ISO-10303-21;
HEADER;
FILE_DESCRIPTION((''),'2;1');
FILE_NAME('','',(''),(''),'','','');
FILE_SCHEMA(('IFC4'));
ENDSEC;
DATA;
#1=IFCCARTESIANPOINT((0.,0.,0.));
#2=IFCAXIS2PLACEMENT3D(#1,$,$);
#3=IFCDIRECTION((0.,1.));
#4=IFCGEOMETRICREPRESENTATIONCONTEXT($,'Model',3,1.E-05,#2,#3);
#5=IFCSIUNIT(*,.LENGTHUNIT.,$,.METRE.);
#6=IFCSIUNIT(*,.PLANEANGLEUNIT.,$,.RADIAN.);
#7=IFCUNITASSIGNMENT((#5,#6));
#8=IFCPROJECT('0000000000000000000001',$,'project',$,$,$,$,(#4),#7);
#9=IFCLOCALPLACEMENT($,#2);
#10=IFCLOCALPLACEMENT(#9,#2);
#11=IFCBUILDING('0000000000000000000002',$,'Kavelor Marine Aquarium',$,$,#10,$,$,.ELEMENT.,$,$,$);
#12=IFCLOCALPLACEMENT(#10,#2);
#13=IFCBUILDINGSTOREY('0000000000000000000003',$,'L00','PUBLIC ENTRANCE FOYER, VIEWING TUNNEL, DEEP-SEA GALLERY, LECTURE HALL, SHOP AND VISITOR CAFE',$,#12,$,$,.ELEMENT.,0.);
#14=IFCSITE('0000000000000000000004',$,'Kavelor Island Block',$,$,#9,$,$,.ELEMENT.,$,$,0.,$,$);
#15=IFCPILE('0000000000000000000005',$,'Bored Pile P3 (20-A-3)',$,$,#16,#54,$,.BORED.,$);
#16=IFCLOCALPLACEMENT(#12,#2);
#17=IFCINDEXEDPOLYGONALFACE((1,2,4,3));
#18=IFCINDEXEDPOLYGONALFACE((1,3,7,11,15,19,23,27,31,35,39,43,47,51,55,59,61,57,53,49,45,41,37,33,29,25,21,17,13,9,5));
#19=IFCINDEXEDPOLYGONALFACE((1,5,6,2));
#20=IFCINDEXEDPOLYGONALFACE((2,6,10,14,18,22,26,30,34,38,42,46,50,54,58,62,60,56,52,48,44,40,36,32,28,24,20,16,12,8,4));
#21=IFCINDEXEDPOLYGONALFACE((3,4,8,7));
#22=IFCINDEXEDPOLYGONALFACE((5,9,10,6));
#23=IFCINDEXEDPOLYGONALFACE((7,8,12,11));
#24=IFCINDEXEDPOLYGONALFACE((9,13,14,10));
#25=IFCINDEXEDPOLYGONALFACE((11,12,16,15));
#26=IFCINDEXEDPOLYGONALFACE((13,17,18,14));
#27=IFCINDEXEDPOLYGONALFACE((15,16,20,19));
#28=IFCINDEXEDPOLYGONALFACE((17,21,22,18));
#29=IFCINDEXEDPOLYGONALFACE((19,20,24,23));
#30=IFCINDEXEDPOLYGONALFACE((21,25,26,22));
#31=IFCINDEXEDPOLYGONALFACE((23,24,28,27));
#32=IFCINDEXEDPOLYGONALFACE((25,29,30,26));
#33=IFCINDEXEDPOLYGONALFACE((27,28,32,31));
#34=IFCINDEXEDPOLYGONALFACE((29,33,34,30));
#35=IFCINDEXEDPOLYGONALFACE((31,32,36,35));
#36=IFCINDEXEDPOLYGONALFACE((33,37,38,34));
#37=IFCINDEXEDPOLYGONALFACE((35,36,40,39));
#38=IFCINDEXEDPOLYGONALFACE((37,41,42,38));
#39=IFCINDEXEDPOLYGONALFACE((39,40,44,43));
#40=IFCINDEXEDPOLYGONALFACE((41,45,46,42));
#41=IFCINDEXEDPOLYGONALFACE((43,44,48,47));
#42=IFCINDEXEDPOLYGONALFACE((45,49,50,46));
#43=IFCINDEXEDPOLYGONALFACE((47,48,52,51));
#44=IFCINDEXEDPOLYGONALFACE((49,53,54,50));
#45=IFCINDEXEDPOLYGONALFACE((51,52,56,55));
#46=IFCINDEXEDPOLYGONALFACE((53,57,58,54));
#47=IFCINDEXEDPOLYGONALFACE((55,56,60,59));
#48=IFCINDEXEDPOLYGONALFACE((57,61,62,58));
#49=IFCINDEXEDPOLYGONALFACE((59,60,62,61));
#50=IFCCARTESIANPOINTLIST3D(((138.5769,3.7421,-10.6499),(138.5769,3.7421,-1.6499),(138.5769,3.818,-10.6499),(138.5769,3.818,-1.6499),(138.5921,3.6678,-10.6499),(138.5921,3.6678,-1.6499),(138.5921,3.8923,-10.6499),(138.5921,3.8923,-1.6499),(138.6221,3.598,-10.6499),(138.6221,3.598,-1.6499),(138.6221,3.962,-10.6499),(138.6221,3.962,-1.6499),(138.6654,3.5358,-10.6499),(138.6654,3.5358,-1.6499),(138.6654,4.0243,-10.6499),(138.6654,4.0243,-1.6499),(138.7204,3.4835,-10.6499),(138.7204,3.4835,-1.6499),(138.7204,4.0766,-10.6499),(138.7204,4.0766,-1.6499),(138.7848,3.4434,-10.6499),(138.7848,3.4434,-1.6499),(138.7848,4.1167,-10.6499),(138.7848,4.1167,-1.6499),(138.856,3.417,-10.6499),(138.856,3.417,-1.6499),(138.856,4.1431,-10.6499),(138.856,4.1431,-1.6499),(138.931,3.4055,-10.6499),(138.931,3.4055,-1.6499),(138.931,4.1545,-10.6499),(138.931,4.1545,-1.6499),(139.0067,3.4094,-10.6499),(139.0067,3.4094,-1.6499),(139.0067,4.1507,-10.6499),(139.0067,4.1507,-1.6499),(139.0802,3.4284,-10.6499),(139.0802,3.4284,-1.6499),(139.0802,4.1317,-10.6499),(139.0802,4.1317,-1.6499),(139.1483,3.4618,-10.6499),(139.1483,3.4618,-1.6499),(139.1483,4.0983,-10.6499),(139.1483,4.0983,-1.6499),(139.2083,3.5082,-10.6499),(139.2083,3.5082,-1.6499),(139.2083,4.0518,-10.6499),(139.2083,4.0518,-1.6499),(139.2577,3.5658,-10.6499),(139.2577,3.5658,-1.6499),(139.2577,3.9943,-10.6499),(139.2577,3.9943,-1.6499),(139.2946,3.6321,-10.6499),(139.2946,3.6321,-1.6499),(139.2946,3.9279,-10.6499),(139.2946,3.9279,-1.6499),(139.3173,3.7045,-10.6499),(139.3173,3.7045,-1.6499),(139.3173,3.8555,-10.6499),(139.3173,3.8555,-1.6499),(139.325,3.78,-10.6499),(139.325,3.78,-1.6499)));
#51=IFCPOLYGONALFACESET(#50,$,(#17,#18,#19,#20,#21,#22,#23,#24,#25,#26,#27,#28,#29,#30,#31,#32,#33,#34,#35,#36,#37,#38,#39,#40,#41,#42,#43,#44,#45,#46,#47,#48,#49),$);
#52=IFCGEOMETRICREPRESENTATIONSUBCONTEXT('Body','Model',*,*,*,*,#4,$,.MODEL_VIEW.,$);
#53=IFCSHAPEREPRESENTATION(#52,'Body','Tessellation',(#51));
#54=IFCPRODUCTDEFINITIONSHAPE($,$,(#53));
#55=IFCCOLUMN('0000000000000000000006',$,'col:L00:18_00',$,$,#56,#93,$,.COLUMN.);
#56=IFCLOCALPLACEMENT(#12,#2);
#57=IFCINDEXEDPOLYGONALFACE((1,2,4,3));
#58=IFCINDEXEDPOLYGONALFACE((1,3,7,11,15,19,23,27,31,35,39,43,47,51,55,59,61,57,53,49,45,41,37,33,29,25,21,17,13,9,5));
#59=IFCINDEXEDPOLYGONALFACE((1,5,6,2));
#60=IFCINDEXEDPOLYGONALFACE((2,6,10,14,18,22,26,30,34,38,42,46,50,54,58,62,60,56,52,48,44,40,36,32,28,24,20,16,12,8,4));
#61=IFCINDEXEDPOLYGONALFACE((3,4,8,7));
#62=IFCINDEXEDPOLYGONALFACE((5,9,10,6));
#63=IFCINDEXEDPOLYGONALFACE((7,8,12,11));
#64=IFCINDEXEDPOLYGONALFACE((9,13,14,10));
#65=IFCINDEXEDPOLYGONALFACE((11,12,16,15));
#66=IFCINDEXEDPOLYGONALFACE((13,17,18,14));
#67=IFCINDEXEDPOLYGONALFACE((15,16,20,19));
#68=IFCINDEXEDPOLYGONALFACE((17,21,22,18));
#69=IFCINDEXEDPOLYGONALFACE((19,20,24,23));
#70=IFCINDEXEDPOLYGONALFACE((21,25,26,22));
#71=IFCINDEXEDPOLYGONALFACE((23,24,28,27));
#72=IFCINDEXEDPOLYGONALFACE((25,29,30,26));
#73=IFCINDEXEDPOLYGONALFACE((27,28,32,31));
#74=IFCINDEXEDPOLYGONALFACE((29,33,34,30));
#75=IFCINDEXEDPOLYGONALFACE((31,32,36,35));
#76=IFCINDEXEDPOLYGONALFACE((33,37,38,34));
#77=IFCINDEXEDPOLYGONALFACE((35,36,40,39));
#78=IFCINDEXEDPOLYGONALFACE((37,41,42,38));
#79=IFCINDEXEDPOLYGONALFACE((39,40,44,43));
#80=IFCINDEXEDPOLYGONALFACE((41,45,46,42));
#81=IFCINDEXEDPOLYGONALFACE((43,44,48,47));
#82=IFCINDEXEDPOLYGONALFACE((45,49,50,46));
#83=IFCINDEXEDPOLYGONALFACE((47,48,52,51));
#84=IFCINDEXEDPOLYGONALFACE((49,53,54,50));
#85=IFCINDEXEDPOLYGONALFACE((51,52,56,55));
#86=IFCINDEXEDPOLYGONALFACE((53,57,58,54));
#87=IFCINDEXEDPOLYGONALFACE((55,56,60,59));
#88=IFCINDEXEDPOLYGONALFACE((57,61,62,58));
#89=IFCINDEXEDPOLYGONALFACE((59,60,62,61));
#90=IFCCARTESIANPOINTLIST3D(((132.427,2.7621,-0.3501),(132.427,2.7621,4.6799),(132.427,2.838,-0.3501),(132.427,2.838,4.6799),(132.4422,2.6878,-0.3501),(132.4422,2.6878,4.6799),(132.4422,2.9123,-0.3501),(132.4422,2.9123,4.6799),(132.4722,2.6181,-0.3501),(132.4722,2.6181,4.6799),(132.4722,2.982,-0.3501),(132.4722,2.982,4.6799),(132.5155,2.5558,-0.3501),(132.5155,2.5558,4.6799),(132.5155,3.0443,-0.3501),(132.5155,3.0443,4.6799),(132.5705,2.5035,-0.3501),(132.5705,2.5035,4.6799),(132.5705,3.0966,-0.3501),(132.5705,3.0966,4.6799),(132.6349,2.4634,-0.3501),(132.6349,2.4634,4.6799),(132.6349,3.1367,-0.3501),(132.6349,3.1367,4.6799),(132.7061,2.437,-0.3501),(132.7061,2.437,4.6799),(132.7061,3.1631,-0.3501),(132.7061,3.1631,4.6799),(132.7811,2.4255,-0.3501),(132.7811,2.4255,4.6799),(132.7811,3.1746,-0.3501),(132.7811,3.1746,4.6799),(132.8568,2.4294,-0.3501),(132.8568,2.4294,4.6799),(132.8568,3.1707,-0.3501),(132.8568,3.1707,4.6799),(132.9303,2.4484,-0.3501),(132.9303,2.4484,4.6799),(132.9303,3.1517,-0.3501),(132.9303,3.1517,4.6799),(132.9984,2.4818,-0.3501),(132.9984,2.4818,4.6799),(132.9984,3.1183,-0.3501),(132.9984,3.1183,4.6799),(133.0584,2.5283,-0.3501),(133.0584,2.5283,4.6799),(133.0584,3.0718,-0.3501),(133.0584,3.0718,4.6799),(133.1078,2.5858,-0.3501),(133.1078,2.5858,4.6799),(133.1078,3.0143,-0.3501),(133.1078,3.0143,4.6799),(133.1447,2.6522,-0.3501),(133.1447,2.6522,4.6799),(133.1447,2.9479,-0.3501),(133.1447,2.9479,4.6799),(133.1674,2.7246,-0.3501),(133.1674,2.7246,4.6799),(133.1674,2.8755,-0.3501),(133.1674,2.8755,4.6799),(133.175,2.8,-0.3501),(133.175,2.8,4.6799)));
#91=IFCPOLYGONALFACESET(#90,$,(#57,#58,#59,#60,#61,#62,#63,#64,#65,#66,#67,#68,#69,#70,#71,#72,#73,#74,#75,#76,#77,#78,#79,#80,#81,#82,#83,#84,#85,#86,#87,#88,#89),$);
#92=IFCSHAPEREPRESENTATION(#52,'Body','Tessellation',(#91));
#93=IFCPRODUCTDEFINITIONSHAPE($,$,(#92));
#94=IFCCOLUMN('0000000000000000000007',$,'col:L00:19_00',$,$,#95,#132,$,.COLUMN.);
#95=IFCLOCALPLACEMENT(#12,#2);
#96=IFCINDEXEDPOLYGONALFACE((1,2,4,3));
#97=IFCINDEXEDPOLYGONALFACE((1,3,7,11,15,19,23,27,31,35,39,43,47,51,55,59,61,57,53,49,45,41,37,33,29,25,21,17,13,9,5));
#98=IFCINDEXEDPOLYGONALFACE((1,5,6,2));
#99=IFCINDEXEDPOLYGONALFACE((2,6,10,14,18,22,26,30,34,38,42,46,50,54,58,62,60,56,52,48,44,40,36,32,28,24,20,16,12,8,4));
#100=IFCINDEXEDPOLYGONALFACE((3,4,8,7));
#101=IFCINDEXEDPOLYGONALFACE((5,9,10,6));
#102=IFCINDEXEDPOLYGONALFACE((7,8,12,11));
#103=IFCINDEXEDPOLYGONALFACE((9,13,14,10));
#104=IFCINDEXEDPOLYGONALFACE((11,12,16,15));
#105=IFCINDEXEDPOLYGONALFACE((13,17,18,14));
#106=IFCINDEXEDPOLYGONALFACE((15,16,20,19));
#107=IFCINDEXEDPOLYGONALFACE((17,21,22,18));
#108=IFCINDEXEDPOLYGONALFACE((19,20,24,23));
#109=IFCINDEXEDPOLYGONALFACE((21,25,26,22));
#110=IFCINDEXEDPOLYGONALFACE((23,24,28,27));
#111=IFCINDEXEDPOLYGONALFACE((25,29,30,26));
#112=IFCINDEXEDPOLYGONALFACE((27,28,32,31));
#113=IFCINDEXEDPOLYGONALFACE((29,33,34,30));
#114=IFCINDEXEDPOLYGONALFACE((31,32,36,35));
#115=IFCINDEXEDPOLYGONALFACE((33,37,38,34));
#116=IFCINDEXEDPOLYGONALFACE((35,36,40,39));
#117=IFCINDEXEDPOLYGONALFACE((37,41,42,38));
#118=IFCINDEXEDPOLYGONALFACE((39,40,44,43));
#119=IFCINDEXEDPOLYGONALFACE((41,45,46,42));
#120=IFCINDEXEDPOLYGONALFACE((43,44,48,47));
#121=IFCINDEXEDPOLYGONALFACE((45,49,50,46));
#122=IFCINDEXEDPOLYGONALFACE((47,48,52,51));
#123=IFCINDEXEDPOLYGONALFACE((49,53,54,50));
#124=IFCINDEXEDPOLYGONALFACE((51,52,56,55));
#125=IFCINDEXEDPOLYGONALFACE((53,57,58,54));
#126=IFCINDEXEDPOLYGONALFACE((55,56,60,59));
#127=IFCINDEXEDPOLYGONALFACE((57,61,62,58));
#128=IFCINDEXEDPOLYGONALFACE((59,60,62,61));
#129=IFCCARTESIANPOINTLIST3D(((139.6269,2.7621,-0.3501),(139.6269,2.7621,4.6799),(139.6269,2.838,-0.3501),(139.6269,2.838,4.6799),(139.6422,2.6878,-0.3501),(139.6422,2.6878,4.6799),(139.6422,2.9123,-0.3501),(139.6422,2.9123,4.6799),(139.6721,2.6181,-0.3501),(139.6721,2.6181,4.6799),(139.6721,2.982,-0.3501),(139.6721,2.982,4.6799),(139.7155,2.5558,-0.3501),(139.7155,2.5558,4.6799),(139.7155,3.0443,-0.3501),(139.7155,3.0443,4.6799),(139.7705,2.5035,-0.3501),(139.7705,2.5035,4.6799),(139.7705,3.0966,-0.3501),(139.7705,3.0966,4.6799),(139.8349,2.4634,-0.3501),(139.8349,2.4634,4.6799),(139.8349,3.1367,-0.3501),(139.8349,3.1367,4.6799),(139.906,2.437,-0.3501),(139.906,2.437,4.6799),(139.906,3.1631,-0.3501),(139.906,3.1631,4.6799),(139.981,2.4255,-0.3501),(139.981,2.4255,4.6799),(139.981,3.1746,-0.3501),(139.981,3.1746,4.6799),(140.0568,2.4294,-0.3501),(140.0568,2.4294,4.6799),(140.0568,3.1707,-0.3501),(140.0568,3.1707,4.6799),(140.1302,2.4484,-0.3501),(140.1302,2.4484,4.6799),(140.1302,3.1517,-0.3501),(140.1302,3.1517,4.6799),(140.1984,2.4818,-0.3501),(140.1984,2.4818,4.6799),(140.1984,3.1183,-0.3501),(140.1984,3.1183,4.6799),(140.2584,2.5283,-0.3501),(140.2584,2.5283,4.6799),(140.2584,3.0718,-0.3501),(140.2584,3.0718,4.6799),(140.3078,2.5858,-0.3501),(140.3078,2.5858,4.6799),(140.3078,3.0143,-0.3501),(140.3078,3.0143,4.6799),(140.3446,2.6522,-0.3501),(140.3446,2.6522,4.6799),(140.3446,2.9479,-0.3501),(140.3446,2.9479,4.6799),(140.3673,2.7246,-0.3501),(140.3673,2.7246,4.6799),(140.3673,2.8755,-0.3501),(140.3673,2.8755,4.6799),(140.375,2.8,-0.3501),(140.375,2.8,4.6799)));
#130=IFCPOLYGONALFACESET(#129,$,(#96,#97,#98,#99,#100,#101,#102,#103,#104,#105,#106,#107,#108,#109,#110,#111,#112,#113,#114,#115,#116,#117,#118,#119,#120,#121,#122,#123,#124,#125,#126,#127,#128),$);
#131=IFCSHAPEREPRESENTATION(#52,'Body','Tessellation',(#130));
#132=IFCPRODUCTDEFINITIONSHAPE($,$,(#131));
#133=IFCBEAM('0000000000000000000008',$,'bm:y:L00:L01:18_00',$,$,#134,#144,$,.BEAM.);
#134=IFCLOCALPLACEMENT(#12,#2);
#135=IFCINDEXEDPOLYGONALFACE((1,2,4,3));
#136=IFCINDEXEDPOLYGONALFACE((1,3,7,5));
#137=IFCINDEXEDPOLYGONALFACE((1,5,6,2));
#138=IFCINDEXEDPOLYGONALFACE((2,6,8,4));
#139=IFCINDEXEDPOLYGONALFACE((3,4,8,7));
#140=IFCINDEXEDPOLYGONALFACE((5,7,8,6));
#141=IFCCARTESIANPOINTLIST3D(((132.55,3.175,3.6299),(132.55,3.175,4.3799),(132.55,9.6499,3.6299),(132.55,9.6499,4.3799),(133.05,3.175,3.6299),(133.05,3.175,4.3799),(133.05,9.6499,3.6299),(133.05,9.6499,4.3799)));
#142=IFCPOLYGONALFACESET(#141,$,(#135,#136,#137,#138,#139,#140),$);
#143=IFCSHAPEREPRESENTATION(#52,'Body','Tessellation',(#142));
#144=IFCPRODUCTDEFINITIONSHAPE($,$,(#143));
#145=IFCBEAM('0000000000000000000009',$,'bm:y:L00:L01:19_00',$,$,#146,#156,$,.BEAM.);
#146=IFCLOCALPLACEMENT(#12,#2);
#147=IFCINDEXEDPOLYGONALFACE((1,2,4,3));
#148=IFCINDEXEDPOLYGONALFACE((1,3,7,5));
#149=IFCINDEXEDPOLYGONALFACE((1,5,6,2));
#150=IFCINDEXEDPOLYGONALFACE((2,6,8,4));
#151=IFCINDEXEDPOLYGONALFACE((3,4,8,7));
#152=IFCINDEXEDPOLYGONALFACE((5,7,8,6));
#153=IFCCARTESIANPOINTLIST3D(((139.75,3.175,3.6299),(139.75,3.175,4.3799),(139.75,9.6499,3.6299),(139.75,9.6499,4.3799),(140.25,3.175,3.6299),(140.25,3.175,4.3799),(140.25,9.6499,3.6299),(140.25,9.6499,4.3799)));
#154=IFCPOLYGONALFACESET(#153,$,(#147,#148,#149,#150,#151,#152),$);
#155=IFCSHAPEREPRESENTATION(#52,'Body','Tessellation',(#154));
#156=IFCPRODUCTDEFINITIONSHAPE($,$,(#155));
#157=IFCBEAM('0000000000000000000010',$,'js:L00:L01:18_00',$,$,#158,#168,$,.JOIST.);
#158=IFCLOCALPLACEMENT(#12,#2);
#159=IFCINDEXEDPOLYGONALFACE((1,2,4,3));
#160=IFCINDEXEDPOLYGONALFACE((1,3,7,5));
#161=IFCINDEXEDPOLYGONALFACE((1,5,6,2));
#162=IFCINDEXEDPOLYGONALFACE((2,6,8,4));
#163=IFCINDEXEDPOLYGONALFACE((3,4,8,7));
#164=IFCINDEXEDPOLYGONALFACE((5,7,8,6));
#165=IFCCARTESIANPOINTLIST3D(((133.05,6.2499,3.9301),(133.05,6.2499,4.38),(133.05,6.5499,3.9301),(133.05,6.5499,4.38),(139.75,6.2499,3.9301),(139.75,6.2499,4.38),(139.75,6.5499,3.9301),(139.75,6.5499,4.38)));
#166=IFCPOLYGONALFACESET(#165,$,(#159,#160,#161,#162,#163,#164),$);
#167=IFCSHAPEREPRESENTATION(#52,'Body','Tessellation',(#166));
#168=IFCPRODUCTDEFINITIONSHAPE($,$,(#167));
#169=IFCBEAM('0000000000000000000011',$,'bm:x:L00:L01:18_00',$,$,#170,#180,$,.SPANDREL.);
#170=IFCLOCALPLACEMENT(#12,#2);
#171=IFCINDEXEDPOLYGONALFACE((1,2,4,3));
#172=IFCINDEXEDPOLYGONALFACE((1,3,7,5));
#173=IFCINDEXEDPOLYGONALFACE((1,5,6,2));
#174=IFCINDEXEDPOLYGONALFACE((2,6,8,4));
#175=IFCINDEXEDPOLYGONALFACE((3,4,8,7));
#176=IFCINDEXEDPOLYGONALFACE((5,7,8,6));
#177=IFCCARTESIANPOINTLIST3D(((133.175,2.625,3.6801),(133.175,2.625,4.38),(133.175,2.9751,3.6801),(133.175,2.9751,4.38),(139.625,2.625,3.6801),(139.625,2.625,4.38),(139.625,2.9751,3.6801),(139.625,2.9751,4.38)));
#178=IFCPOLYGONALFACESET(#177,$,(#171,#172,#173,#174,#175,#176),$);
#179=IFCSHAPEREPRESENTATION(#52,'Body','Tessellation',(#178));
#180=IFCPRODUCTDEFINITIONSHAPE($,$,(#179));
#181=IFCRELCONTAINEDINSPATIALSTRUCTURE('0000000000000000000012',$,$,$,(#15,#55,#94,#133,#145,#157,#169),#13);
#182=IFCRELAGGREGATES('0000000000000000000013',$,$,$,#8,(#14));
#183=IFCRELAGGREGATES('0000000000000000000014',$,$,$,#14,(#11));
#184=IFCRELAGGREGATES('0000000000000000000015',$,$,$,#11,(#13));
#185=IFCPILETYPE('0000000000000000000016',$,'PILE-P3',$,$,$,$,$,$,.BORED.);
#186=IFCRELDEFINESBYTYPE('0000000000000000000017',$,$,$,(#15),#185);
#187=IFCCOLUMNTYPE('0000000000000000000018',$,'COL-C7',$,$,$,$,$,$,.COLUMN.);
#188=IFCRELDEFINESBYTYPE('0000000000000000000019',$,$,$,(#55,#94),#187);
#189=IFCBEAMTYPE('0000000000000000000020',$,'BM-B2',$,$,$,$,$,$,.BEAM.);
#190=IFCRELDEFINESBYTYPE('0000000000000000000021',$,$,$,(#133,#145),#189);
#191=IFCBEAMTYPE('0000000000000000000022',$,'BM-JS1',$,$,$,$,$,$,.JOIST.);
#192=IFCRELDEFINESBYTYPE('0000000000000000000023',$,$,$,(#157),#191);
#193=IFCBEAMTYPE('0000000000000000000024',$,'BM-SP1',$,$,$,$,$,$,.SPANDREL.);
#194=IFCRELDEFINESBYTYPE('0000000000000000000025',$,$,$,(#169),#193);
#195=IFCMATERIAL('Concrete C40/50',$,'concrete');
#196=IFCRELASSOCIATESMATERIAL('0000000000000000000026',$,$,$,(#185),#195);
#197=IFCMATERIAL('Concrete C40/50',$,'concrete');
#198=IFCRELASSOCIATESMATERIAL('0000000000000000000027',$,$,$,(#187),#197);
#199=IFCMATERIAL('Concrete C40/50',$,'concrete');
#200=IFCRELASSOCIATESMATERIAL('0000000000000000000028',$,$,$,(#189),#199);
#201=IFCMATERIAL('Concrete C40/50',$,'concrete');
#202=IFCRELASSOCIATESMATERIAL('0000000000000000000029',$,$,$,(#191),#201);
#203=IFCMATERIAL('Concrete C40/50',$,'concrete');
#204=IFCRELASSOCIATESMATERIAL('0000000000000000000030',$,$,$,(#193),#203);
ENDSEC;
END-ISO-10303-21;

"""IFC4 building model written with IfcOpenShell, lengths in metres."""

from ifc_helpers import new_model, si_unit, direction, frame, origin, origin_2d, place, context, subcontext, project, spatial, rectangle, circle, extrude, material, material_profile, profile_set, type_object, element, save


model = new_model("IFC4")

# Units and contexts
model_context = context("Model", 3, precision=1e-05, world=origin(), true_north=direction((0.0, 1.0)))
body_context = subcontext(model_context, "Body", "Model", "MODEL_VIEW")
ifc_project = project(units=[si_unit("LENGTHUNIT", "METRE"), si_unit("PLANEANGLEUNIT", "RADIAN")], contexts=[model_context])

# Site, building, storey
site_placement = place(None, origin())
site = spatial("IfcSite", under=ifc_project, at=site_placement, Name="Kavelor Island Block", CompositionType="ELEMENT", RefElevation=0.0)
building_placement = place(site_placement, origin())
building = spatial("IfcBuilding", under=site, at=building_placement, Name="Kavelor Marine Aquarium", CompositionType="ELEMENT")
storey_placement = place(building_placement, origin())
storey = spatial("IfcBuildingStorey", under=building, at=storey_placement, Name="L00", Description="PUBLIC ENTRANCE FOYER, VIEWING TUNNEL, DEEP-SEA GALLERY, LECTURE HALL, SHOP AND VISITOR CAFE", CompositionType="ELEMENT", Elevation=0.0)

# Pile
ifc_material_1 = material(Name="Concrete C40/50", Category="concrete")
ifc_material_profile_1 = material_profile(ifc_material_1, circle(Radius=0.375, at=origin_2d()), Name="PILE D750")
ifc_profile_set_1 = profile_set([ifc_material_profile_1], Name="Concrete C40/50")
pile_type_1 = type_object("IfcPileType", Name="PILE-P3", PredefinedType="BORED", material=ifc_profile_set_1)
for number, where, z_axis, x_axis, name in (
    (1, (138.95, 3.78, -1.6499), (0.0, 0.0, -1.0), (1.0, 0.0, 0.0), "Bored Pile P3 (20-A-3)"),
):
    element("IfcPile", number, at=place(storey_placement, frame(where, z_axis=z_axis, x_axis=x_axis)), inside=storey, type_object=pile_type_1, Name=name, PredefinedType="BORED", context=body_context, shape_type="SweptSolid", body=[
        extrude(circle(Radius=0.375, at=origin_2d()), origin(), (0.0, 0.0, 1.0), 9.0),
    ])

# Columns
ifc_material_2 = material(Name="Concrete C40/50", Category="concrete")
ifc_material_profile_2 = material_profile(ifc_material_2, circle(Radius=0.375, at=origin_2d()), Name="RC-COL D750")
ifc_profile_set_2 = profile_set([ifc_material_profile_2], Name="Concrete C40/50")
column_type = type_object("IfcColumnType", Name="COL-C7", PredefinedType="COLUMN", material=ifc_profile_set_2)
for number, where, z_axis, x_axis, name in (
    (2, (132.8, 2.8, -0.3501), (0.0, 0.0, 1.0), (1.0, 0.0, 0.0), "col:L00:18_00"),
    (3, (140.0, 2.8, -0.3501), (0.0, 0.0, 1.0), (1.0, 0.0, 0.0), "col:L00:19_00"),
):
    element("IfcColumn", number, at=place(storey_placement, frame(where, z_axis=z_axis, x_axis=x_axis)), inside=storey, type_object=column_type, Name=name, PredefinedType="COLUMN", context=body_context, shape_type="SweptSolid", body=[
        extrude(circle(Radius=0.375, at=origin_2d()), origin(), (0.0, 0.0, 1.0), 5.03),
    ])

# Beams
ifc_material_3 = material(Name="Concrete C40/50", Category="concrete")
ifc_material_profile_3 = material_profile(ifc_material_3, rectangle(XDim=0.5, YDim=0.75, at=origin_2d()), Name="RC-BM 500x750")
ifc_profile_set_3 = profile_set([ifc_material_profile_3], Name="Concrete C40/50")
beam_type_1 = type_object("IfcBeamType", Name="BM-B2", PredefinedType="BEAM", material=ifc_profile_set_3)
for number, where, z_axis, x_axis, name in (
    (4, (132.8, 3.175, 4.0049), (0.0, 1.0, 0.0), (-1.0, 0.0, 0.0), "bm:y:L00:L01:18_00"),
    (5, (140.0, 3.175, 4.0049), (0.0, 1.0, 0.0), (-1.0, 0.0, 0.0), "bm:y:L00:L01:19_00"),
):
    element("IfcBeam", number, at=place(storey_placement, frame(where, z_axis=z_axis, x_axis=x_axis)), inside=storey, type_object=beam_type_1, Name=name, PredefinedType="BEAM", context=body_context, shape_type="SweptSolid", body=[
        extrude(rectangle(XDim=0.5, YDim=0.75, at=origin_2d()), origin(), (0.0, 0.0, 1.0), 6.4749),
    ])
ifc_material_4 = material(Name="Concrete C40/50", Category="concrete")
ifc_material_profile_4 = material_profile(ifc_material_4, rectangle(XDim=0.3, YDim=0.45, at=origin_2d()), Name="RC-JS 300x450")
ifc_profile_set_4 = profile_set([ifc_material_profile_4], Name="Concrete C40/50")
beam_type_2 = type_object("IfcBeamType", Name="BM-JS1", PredefinedType="JOIST", material=ifc_profile_set_4)
beam_1_placement = place(storey_placement, frame((133.05, 6.3999, 4.155), z_axis=(1.0, 0.0, 0.0), x_axis=(0.0, 1.0, 0.0)))
element("IfcBeam", 6, at=beam_1_placement, inside=storey, type_object=beam_type_2, Name="js:L00:L01:18_00", PredefinedType="JOIST", context=body_context, shape_type="SweptSolid", body=[
    extrude(rectangle(XDim=0.3, YDim=0.45, at=origin_2d()), origin(), (0.0, 0.0, 1.0), 6.7),
])
ifc_material_5 = material(Name="Concrete C40/50", Category="concrete")
ifc_material_profile_5 = material_profile(ifc_material_5, rectangle(XDim=0.3501, YDim=0.7, at=origin_2d()), Name="RC-SP 350x700")
ifc_profile_set_5 = profile_set([ifc_material_profile_5], Name="Concrete C40/50")
beam_type_3 = type_object("IfcBeamType", Name="BM-SP1", PredefinedType="SPANDREL", material=ifc_profile_set_5)
beam_2_placement = place(storey_placement, frame((133.175, 2.8, 4.03), z_axis=(1.0, 0.0, 0.0), x_axis=(0.0, 1.0, 0.0)))
element("IfcBeam", 7, at=beam_2_placement, inside=storey, type_object=beam_type_3, Name="bm:x:L00:L01:18_00", PredefinedType="SPANDREL", context=body_context, shape_type="SweptSolid", body=[
    extrude(rectangle(XDim=0.3501, YDim=0.7, at=origin_2d()), origin(), (0.0, 0.0, 1.0), 6.45),
])

save(model, "model.ifc")
